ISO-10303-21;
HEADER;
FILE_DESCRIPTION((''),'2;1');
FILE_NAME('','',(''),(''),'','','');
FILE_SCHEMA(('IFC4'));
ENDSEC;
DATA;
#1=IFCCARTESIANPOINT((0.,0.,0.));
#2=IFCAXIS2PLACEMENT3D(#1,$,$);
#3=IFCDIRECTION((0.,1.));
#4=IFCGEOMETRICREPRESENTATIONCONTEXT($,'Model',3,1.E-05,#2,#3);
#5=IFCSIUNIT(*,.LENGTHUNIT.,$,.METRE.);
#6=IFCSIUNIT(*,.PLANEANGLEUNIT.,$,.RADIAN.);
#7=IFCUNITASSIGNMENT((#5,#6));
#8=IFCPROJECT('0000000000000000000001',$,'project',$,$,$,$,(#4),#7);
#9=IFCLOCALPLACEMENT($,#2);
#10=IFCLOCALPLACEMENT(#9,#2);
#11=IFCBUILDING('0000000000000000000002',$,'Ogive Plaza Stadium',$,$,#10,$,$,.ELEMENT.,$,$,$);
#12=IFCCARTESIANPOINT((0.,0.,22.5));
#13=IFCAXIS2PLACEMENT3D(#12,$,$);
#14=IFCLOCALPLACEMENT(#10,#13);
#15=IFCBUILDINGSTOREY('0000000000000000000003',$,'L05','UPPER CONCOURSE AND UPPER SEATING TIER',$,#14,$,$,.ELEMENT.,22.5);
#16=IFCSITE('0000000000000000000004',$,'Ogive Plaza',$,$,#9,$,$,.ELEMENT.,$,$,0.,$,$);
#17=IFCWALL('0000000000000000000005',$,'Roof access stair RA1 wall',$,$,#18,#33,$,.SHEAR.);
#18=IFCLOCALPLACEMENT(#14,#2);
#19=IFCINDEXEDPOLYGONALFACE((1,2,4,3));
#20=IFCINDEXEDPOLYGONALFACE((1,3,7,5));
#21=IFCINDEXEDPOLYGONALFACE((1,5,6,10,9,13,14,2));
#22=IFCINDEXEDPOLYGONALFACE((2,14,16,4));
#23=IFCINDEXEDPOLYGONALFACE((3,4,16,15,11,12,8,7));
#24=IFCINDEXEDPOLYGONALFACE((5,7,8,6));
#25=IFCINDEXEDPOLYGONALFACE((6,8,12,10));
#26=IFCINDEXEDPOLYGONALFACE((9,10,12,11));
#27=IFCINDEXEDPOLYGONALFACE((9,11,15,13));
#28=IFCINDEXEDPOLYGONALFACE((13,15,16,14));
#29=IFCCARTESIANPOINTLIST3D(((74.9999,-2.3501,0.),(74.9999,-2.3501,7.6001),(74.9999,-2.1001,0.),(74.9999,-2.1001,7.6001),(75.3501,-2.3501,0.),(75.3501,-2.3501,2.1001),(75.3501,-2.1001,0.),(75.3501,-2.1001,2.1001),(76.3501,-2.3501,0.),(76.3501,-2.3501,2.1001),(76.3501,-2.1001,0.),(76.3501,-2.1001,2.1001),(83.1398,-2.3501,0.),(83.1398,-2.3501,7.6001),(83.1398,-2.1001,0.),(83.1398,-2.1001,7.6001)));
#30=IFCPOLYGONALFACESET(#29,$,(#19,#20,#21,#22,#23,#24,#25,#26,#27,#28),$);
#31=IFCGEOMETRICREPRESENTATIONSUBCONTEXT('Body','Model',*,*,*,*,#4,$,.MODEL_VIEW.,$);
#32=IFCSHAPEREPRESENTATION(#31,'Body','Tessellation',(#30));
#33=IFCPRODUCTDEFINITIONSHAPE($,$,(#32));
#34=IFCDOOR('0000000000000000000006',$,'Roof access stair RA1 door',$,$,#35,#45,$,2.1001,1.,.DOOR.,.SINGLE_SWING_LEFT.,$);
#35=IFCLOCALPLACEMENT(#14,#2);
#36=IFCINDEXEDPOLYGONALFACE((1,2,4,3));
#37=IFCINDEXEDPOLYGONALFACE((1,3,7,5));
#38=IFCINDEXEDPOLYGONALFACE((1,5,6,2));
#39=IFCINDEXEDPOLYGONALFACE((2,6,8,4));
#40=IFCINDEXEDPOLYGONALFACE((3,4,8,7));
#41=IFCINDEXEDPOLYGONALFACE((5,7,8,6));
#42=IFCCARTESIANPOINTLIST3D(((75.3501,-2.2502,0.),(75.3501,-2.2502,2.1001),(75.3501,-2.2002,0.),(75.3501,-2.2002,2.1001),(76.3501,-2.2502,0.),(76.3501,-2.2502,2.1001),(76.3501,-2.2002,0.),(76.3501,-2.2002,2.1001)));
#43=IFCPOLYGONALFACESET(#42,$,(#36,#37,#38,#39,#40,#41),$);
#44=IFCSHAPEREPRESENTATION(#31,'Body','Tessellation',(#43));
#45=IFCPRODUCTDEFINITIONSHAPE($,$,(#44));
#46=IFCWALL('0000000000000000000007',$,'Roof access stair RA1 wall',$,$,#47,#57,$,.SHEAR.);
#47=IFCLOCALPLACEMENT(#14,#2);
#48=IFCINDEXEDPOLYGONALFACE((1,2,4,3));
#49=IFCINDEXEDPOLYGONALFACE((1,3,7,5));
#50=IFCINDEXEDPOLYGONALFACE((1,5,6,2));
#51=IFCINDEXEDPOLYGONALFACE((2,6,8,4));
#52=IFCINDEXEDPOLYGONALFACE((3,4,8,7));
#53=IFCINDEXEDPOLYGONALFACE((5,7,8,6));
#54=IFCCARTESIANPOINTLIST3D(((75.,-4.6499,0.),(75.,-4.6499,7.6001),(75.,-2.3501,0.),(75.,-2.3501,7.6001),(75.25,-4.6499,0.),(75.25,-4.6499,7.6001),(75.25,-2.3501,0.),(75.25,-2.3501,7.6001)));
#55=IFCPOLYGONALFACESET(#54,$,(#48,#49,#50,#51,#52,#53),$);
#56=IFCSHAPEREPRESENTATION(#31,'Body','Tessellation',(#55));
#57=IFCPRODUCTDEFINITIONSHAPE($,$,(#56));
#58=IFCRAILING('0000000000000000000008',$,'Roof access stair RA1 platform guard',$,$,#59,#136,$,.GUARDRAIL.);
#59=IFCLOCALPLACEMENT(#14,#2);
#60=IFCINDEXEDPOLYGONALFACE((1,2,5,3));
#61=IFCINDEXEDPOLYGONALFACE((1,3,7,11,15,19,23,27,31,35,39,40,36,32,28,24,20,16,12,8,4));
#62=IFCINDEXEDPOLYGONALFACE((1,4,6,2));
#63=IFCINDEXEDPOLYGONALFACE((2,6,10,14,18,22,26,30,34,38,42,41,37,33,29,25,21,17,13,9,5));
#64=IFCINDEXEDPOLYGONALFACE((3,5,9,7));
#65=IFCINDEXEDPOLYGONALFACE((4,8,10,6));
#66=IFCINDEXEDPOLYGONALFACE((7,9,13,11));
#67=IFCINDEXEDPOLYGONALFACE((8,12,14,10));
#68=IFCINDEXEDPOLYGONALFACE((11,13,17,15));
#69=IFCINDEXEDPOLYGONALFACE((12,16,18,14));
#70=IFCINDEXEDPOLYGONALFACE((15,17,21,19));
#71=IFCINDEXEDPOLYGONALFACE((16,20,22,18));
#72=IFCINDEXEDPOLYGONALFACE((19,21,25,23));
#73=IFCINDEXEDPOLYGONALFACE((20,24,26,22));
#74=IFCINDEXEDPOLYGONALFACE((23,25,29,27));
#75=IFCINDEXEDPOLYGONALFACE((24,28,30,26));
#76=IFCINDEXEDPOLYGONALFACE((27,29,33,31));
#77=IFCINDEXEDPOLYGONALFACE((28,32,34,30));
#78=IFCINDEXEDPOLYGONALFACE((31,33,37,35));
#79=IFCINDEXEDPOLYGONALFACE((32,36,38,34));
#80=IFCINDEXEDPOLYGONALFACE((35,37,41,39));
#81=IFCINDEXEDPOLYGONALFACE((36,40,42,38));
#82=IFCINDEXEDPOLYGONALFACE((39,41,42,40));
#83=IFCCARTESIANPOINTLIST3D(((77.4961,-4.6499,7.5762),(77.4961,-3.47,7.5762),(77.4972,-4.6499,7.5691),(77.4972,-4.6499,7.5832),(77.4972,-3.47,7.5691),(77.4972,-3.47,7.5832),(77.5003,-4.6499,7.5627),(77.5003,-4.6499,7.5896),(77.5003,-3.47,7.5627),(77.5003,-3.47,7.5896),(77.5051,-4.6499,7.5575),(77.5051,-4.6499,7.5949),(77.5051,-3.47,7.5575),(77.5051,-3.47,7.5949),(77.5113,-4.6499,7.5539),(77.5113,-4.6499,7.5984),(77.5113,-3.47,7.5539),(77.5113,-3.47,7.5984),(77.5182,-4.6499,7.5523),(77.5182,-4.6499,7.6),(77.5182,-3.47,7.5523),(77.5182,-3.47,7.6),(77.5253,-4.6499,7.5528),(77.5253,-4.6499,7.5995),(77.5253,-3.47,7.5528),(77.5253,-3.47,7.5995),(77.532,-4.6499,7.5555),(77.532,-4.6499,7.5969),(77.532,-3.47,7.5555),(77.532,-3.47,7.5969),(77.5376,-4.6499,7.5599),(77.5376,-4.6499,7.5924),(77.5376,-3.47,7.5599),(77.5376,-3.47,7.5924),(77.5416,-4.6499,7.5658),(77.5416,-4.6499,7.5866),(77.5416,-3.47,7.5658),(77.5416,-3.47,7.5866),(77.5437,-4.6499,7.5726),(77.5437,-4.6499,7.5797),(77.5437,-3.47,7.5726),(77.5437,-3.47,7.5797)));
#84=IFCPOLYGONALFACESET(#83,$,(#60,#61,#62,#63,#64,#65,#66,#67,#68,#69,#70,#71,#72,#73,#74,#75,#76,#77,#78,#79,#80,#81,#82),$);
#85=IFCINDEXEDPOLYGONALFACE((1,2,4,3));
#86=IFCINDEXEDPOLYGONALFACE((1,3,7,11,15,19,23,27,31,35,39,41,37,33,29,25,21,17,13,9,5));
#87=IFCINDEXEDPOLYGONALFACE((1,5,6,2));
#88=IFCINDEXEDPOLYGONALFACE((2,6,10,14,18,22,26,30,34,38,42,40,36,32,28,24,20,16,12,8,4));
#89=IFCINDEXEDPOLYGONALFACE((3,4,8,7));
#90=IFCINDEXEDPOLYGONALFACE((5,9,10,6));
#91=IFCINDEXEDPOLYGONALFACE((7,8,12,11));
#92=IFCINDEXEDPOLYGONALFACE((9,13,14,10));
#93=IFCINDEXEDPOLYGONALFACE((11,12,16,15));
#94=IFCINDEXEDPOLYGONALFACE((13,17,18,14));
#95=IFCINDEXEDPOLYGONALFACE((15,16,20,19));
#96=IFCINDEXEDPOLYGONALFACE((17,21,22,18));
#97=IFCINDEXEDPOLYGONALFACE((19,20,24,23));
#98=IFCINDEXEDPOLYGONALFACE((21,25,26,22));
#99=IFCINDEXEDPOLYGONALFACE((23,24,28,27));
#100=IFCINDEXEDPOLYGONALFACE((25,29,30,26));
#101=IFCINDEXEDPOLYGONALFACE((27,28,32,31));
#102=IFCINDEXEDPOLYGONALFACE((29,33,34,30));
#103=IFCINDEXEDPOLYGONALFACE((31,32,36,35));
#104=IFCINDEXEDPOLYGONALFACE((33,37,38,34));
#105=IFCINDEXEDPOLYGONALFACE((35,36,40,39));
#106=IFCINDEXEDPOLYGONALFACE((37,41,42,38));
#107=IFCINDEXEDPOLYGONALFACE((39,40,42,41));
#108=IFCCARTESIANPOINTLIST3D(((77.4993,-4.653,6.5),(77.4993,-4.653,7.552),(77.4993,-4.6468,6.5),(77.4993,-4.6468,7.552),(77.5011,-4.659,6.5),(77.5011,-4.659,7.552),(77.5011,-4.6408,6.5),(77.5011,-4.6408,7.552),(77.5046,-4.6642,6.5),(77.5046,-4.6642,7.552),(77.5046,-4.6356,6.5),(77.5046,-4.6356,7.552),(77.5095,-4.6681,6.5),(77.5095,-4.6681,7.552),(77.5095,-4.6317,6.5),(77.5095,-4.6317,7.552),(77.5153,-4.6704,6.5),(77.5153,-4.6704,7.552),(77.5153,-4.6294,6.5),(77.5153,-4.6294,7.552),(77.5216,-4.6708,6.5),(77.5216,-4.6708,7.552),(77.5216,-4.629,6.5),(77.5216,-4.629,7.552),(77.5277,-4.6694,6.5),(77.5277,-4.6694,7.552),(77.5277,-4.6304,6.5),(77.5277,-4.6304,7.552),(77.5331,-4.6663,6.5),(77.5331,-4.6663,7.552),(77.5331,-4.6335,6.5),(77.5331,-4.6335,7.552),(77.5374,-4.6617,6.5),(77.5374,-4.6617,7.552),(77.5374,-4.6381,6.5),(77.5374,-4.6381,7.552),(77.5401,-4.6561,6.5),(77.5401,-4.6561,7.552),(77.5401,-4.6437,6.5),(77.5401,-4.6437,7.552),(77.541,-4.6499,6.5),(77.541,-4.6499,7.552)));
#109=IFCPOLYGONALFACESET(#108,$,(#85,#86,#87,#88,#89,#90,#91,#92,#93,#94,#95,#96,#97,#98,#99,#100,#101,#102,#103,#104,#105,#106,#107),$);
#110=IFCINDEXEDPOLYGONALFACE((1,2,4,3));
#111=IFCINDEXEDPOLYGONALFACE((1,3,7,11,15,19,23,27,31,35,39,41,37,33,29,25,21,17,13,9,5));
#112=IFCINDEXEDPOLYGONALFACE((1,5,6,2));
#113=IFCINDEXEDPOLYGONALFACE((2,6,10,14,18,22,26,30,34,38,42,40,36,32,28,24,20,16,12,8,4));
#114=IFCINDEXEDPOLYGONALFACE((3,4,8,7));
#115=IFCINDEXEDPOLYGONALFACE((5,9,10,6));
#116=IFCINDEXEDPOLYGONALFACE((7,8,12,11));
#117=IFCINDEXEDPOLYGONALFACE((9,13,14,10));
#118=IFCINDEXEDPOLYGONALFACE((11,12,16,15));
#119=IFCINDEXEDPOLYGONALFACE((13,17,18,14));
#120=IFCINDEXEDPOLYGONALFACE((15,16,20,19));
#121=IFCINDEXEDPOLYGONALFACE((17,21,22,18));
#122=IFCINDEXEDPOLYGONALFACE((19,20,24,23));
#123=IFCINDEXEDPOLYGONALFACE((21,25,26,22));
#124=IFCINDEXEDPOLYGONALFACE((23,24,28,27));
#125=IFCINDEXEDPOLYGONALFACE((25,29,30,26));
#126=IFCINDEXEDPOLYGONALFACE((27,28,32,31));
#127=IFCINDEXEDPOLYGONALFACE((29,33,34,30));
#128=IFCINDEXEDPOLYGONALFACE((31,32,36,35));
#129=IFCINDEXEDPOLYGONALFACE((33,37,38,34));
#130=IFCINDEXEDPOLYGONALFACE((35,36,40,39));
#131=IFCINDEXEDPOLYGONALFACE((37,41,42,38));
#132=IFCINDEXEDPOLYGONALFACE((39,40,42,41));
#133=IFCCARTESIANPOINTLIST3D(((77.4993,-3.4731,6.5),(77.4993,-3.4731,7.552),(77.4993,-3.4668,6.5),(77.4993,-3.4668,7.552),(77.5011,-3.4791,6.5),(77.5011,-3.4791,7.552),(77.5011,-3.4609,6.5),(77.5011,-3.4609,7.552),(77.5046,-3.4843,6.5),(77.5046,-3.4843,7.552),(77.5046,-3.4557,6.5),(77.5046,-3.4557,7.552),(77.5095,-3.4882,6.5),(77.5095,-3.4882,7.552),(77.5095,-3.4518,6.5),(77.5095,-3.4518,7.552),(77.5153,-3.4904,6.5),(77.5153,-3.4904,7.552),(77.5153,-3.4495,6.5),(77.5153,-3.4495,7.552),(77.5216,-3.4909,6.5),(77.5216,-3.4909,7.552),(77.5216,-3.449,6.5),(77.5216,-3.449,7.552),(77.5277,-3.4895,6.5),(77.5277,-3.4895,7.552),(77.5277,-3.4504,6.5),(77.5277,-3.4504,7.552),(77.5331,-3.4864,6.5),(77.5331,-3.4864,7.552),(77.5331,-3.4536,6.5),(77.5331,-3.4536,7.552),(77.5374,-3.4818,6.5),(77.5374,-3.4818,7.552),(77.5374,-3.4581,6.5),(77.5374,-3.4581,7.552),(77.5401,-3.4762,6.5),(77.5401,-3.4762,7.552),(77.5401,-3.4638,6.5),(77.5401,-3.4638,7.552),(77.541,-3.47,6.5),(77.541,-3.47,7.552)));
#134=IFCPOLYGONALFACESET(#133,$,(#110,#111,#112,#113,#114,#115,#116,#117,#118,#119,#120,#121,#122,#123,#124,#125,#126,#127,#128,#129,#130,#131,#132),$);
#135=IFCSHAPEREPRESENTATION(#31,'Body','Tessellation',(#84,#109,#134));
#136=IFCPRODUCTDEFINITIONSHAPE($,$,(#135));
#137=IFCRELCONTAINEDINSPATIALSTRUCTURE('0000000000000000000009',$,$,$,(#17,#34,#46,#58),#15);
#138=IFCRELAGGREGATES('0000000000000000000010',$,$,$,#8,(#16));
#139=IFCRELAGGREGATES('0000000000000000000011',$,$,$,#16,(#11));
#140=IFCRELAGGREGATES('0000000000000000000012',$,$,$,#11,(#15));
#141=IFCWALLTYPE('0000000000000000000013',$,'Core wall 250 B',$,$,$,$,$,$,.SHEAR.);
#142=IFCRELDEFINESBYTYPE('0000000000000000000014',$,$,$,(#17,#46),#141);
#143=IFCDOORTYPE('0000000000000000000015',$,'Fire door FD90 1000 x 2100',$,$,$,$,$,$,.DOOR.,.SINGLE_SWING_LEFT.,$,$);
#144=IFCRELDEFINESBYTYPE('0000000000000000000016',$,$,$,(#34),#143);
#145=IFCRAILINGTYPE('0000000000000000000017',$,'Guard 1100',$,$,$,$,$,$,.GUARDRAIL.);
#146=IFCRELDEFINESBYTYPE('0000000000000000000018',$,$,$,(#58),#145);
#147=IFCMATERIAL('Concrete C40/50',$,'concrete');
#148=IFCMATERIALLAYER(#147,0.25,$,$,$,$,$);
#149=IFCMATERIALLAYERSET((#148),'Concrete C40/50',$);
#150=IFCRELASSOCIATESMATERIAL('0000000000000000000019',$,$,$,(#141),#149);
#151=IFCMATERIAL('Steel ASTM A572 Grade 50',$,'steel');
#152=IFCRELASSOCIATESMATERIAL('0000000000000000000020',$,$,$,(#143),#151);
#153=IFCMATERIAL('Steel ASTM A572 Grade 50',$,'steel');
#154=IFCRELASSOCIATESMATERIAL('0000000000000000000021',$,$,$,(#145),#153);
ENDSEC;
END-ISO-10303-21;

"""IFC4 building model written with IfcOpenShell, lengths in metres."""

from ifc_helpers import new_model, si_unit, direction, frame, frame_2d, origin, origin_2d, place, context, subcontext, project, spatial, rectangle, circle, extrude, material, layer, layer_set, type_object, element, fill, save


model = new_model("IFC4")

# Units and contexts
model_context = context("Model", 3, precision=1e-05, world=origin(), true_north=direction((0.0, 1.0)))
body_context = subcontext(model_context, "Body", "Model", "MODEL_VIEW")
ifc_project = project(units=[si_unit("LENGTHUNIT", "METRE"), si_unit("PLANEANGLEUNIT", "RADIAN")], contexts=[model_context])

# Site, building, storey
site_placement = place(None, origin())
site = spatial("IfcSite", under=ifc_project, at=site_placement, Name="Ogive Plaza", CompositionType="ELEMENT", RefElevation=0.0)
building_placement = place(site_placement, origin())
building = spatial("IfcBuilding", under=site, at=building_placement, Name="Ogive Plaza Stadium", CompositionType="ELEMENT")
storey_placement = place(building_placement, frame((0.0, 0.0, 22.5)))
storey = spatial("IfcBuildingStorey", under=building, at=storey_placement, Name="L05", Description="UPPER CONCOURSE AND UPPER SEATING TIER", CompositionType="ELEMENT", Elevation=22.5)

# Shared definitions
ifc_material_1 = material(Name="Concrete C40/50", Category="concrete")
ifc_layer_1 = layer(ifc_material_1, 0.25)
ifc_layer_set_1 = layer_set([ifc_layer_1], Name="Concrete C40/50")
wall_type_1 = type_object("IfcWallType", Name="Core wall 250 B", PredefinedType="SHEAR", material=ifc_layer_set_1)

# Wall, opening, door
wall_1_placement = place(storey_placement, frame((75.0, -2.2251, 0.0), z_axis=(0.0, 0.0, 1.0), x_axis=(1.0, 0.0, 0.0)))
wall_1 = element("IfcWall", 1, at=wall_1_placement, inside=storey, type_object=wall_type_1, Name="Roof access stair RA1 wall", PredefinedType="SHEAR", context=body_context, shape_type="SweptSolid", body=[
    extrude(rectangle(XDim=8.1399, YDim=0.25, at=frame_2d((4.0698, 0.0))), origin(), (0.0, 0.0, 1.0), 7.6001),
])
opening_1_placement = place(wall_1_placement, frame((0.3501, 0.0, 0.0)))
opening_1 = element("IfcOpeningElement", 2, at=opening_1_placement, cuts=wall_1, PredefinedType="OPENING", context=body_context, shape_type="SweptSolid", body=[
    extrude(rectangle(XDim=1.0, YDim=2.1001, at=frame_2d((0.5, 1.05))), frame((0.0, 0.125, 0.0), z_axis=(0.0, -1.0, 0.0), x_axis=(1.0, 0.0, 0.0)), (0.0, 0.0, 1.0), 0.25),
])
ifc_material_2 = material(Name="Steel ASTM A572 Grade 50", Category="steel")
door_type_1 = type_object("IfcDoorType", Name="Fire door FD90 1000 x 2100", OperationType="SINGLE_SWING_LEFT", PredefinedType="DOOR", material=ifc_material_2)
door_1_placement = place(opening_1_placement, origin())
door_1 = element("IfcDoor", 3, at=door_1_placement, inside=storey, type_object=door_type_1, Name="Roof access stair RA1 door", OperationType="SINGLE_SWING_LEFT", OverallHeight=2.1001, OverallWidth=1.0, PredefinedType="DOOR", context=body_context, shape_type="SweptSolid", body=[
    extrude(rectangle(XDim=1.0, YDim=2.1001, at=frame_2d((0.5, 1.05))), frame((0.0, 0.0249, 0.0), z_axis=(0.0, -1.0, 0.0), x_axis=(1.0, 0.0, 0.0)), (0.0, 0.0, 1.0), 0.05),
])
fill(opening_1, door_1)

# Wall
wall_2_placement = place(storey_placement, frame((75.125, -4.6499, 0.0), z_axis=(0.0, 0.0, 1.0), x_axis=(0.0, 1.0, 0.0)))
element("IfcWall", 4, at=wall_2_placement, inside=storey, type_object=wall_type_1, Name="Roof access stair RA1 wall", PredefinedType="SHEAR", context=body_context, shape_type="SweptSolid", body=[
    extrude(rectangle(XDim=2.2998, YDim=0.25, at=frame_2d((1.1499, 0.0))), origin(), (0.0, 0.0, 1.0), 7.6001),
])

# Railing
ifc_material_3 = material(Name="Steel ASTM A572 Grade 50", Category="steel")
railing_type_1 = type_object("IfcRailingType", Name="Guard 1100", PredefinedType="GUARDRAIL", material=ifc_material_3)
railing_placement = place(storey_placement, frame((77.52, -4.6499, 6.5)))
element("IfcRailing", 5, at=railing_placement, inside=storey, type_object=railing_type_1, Name="Roof access stair RA1 platform guard", PredefinedType="GUARDRAIL", context=body_context, shape_type="SweptSolid", body=[
    extrude(circle(Radius=0.0239, at=origin_2d()), frame((0.0, 0.0, 1.0762), z_axis=(0.0, 1.0, 0.0), x_axis=(-1.0, 0.0, 0.0)), (0.0, 0.0, 1.0), 1.1799),
    extrude(circle(Radius=0.021, at=origin_2d()), origin(), (0.0, 0.0, 1.0), 1.052),
    extrude(circle(Radius=0.021, at=origin_2d()), frame((0.0, 1.1799, 0.0)), (0.0, 0.0, 1.0), 1.052),
])

save(model, "model.ifc")
